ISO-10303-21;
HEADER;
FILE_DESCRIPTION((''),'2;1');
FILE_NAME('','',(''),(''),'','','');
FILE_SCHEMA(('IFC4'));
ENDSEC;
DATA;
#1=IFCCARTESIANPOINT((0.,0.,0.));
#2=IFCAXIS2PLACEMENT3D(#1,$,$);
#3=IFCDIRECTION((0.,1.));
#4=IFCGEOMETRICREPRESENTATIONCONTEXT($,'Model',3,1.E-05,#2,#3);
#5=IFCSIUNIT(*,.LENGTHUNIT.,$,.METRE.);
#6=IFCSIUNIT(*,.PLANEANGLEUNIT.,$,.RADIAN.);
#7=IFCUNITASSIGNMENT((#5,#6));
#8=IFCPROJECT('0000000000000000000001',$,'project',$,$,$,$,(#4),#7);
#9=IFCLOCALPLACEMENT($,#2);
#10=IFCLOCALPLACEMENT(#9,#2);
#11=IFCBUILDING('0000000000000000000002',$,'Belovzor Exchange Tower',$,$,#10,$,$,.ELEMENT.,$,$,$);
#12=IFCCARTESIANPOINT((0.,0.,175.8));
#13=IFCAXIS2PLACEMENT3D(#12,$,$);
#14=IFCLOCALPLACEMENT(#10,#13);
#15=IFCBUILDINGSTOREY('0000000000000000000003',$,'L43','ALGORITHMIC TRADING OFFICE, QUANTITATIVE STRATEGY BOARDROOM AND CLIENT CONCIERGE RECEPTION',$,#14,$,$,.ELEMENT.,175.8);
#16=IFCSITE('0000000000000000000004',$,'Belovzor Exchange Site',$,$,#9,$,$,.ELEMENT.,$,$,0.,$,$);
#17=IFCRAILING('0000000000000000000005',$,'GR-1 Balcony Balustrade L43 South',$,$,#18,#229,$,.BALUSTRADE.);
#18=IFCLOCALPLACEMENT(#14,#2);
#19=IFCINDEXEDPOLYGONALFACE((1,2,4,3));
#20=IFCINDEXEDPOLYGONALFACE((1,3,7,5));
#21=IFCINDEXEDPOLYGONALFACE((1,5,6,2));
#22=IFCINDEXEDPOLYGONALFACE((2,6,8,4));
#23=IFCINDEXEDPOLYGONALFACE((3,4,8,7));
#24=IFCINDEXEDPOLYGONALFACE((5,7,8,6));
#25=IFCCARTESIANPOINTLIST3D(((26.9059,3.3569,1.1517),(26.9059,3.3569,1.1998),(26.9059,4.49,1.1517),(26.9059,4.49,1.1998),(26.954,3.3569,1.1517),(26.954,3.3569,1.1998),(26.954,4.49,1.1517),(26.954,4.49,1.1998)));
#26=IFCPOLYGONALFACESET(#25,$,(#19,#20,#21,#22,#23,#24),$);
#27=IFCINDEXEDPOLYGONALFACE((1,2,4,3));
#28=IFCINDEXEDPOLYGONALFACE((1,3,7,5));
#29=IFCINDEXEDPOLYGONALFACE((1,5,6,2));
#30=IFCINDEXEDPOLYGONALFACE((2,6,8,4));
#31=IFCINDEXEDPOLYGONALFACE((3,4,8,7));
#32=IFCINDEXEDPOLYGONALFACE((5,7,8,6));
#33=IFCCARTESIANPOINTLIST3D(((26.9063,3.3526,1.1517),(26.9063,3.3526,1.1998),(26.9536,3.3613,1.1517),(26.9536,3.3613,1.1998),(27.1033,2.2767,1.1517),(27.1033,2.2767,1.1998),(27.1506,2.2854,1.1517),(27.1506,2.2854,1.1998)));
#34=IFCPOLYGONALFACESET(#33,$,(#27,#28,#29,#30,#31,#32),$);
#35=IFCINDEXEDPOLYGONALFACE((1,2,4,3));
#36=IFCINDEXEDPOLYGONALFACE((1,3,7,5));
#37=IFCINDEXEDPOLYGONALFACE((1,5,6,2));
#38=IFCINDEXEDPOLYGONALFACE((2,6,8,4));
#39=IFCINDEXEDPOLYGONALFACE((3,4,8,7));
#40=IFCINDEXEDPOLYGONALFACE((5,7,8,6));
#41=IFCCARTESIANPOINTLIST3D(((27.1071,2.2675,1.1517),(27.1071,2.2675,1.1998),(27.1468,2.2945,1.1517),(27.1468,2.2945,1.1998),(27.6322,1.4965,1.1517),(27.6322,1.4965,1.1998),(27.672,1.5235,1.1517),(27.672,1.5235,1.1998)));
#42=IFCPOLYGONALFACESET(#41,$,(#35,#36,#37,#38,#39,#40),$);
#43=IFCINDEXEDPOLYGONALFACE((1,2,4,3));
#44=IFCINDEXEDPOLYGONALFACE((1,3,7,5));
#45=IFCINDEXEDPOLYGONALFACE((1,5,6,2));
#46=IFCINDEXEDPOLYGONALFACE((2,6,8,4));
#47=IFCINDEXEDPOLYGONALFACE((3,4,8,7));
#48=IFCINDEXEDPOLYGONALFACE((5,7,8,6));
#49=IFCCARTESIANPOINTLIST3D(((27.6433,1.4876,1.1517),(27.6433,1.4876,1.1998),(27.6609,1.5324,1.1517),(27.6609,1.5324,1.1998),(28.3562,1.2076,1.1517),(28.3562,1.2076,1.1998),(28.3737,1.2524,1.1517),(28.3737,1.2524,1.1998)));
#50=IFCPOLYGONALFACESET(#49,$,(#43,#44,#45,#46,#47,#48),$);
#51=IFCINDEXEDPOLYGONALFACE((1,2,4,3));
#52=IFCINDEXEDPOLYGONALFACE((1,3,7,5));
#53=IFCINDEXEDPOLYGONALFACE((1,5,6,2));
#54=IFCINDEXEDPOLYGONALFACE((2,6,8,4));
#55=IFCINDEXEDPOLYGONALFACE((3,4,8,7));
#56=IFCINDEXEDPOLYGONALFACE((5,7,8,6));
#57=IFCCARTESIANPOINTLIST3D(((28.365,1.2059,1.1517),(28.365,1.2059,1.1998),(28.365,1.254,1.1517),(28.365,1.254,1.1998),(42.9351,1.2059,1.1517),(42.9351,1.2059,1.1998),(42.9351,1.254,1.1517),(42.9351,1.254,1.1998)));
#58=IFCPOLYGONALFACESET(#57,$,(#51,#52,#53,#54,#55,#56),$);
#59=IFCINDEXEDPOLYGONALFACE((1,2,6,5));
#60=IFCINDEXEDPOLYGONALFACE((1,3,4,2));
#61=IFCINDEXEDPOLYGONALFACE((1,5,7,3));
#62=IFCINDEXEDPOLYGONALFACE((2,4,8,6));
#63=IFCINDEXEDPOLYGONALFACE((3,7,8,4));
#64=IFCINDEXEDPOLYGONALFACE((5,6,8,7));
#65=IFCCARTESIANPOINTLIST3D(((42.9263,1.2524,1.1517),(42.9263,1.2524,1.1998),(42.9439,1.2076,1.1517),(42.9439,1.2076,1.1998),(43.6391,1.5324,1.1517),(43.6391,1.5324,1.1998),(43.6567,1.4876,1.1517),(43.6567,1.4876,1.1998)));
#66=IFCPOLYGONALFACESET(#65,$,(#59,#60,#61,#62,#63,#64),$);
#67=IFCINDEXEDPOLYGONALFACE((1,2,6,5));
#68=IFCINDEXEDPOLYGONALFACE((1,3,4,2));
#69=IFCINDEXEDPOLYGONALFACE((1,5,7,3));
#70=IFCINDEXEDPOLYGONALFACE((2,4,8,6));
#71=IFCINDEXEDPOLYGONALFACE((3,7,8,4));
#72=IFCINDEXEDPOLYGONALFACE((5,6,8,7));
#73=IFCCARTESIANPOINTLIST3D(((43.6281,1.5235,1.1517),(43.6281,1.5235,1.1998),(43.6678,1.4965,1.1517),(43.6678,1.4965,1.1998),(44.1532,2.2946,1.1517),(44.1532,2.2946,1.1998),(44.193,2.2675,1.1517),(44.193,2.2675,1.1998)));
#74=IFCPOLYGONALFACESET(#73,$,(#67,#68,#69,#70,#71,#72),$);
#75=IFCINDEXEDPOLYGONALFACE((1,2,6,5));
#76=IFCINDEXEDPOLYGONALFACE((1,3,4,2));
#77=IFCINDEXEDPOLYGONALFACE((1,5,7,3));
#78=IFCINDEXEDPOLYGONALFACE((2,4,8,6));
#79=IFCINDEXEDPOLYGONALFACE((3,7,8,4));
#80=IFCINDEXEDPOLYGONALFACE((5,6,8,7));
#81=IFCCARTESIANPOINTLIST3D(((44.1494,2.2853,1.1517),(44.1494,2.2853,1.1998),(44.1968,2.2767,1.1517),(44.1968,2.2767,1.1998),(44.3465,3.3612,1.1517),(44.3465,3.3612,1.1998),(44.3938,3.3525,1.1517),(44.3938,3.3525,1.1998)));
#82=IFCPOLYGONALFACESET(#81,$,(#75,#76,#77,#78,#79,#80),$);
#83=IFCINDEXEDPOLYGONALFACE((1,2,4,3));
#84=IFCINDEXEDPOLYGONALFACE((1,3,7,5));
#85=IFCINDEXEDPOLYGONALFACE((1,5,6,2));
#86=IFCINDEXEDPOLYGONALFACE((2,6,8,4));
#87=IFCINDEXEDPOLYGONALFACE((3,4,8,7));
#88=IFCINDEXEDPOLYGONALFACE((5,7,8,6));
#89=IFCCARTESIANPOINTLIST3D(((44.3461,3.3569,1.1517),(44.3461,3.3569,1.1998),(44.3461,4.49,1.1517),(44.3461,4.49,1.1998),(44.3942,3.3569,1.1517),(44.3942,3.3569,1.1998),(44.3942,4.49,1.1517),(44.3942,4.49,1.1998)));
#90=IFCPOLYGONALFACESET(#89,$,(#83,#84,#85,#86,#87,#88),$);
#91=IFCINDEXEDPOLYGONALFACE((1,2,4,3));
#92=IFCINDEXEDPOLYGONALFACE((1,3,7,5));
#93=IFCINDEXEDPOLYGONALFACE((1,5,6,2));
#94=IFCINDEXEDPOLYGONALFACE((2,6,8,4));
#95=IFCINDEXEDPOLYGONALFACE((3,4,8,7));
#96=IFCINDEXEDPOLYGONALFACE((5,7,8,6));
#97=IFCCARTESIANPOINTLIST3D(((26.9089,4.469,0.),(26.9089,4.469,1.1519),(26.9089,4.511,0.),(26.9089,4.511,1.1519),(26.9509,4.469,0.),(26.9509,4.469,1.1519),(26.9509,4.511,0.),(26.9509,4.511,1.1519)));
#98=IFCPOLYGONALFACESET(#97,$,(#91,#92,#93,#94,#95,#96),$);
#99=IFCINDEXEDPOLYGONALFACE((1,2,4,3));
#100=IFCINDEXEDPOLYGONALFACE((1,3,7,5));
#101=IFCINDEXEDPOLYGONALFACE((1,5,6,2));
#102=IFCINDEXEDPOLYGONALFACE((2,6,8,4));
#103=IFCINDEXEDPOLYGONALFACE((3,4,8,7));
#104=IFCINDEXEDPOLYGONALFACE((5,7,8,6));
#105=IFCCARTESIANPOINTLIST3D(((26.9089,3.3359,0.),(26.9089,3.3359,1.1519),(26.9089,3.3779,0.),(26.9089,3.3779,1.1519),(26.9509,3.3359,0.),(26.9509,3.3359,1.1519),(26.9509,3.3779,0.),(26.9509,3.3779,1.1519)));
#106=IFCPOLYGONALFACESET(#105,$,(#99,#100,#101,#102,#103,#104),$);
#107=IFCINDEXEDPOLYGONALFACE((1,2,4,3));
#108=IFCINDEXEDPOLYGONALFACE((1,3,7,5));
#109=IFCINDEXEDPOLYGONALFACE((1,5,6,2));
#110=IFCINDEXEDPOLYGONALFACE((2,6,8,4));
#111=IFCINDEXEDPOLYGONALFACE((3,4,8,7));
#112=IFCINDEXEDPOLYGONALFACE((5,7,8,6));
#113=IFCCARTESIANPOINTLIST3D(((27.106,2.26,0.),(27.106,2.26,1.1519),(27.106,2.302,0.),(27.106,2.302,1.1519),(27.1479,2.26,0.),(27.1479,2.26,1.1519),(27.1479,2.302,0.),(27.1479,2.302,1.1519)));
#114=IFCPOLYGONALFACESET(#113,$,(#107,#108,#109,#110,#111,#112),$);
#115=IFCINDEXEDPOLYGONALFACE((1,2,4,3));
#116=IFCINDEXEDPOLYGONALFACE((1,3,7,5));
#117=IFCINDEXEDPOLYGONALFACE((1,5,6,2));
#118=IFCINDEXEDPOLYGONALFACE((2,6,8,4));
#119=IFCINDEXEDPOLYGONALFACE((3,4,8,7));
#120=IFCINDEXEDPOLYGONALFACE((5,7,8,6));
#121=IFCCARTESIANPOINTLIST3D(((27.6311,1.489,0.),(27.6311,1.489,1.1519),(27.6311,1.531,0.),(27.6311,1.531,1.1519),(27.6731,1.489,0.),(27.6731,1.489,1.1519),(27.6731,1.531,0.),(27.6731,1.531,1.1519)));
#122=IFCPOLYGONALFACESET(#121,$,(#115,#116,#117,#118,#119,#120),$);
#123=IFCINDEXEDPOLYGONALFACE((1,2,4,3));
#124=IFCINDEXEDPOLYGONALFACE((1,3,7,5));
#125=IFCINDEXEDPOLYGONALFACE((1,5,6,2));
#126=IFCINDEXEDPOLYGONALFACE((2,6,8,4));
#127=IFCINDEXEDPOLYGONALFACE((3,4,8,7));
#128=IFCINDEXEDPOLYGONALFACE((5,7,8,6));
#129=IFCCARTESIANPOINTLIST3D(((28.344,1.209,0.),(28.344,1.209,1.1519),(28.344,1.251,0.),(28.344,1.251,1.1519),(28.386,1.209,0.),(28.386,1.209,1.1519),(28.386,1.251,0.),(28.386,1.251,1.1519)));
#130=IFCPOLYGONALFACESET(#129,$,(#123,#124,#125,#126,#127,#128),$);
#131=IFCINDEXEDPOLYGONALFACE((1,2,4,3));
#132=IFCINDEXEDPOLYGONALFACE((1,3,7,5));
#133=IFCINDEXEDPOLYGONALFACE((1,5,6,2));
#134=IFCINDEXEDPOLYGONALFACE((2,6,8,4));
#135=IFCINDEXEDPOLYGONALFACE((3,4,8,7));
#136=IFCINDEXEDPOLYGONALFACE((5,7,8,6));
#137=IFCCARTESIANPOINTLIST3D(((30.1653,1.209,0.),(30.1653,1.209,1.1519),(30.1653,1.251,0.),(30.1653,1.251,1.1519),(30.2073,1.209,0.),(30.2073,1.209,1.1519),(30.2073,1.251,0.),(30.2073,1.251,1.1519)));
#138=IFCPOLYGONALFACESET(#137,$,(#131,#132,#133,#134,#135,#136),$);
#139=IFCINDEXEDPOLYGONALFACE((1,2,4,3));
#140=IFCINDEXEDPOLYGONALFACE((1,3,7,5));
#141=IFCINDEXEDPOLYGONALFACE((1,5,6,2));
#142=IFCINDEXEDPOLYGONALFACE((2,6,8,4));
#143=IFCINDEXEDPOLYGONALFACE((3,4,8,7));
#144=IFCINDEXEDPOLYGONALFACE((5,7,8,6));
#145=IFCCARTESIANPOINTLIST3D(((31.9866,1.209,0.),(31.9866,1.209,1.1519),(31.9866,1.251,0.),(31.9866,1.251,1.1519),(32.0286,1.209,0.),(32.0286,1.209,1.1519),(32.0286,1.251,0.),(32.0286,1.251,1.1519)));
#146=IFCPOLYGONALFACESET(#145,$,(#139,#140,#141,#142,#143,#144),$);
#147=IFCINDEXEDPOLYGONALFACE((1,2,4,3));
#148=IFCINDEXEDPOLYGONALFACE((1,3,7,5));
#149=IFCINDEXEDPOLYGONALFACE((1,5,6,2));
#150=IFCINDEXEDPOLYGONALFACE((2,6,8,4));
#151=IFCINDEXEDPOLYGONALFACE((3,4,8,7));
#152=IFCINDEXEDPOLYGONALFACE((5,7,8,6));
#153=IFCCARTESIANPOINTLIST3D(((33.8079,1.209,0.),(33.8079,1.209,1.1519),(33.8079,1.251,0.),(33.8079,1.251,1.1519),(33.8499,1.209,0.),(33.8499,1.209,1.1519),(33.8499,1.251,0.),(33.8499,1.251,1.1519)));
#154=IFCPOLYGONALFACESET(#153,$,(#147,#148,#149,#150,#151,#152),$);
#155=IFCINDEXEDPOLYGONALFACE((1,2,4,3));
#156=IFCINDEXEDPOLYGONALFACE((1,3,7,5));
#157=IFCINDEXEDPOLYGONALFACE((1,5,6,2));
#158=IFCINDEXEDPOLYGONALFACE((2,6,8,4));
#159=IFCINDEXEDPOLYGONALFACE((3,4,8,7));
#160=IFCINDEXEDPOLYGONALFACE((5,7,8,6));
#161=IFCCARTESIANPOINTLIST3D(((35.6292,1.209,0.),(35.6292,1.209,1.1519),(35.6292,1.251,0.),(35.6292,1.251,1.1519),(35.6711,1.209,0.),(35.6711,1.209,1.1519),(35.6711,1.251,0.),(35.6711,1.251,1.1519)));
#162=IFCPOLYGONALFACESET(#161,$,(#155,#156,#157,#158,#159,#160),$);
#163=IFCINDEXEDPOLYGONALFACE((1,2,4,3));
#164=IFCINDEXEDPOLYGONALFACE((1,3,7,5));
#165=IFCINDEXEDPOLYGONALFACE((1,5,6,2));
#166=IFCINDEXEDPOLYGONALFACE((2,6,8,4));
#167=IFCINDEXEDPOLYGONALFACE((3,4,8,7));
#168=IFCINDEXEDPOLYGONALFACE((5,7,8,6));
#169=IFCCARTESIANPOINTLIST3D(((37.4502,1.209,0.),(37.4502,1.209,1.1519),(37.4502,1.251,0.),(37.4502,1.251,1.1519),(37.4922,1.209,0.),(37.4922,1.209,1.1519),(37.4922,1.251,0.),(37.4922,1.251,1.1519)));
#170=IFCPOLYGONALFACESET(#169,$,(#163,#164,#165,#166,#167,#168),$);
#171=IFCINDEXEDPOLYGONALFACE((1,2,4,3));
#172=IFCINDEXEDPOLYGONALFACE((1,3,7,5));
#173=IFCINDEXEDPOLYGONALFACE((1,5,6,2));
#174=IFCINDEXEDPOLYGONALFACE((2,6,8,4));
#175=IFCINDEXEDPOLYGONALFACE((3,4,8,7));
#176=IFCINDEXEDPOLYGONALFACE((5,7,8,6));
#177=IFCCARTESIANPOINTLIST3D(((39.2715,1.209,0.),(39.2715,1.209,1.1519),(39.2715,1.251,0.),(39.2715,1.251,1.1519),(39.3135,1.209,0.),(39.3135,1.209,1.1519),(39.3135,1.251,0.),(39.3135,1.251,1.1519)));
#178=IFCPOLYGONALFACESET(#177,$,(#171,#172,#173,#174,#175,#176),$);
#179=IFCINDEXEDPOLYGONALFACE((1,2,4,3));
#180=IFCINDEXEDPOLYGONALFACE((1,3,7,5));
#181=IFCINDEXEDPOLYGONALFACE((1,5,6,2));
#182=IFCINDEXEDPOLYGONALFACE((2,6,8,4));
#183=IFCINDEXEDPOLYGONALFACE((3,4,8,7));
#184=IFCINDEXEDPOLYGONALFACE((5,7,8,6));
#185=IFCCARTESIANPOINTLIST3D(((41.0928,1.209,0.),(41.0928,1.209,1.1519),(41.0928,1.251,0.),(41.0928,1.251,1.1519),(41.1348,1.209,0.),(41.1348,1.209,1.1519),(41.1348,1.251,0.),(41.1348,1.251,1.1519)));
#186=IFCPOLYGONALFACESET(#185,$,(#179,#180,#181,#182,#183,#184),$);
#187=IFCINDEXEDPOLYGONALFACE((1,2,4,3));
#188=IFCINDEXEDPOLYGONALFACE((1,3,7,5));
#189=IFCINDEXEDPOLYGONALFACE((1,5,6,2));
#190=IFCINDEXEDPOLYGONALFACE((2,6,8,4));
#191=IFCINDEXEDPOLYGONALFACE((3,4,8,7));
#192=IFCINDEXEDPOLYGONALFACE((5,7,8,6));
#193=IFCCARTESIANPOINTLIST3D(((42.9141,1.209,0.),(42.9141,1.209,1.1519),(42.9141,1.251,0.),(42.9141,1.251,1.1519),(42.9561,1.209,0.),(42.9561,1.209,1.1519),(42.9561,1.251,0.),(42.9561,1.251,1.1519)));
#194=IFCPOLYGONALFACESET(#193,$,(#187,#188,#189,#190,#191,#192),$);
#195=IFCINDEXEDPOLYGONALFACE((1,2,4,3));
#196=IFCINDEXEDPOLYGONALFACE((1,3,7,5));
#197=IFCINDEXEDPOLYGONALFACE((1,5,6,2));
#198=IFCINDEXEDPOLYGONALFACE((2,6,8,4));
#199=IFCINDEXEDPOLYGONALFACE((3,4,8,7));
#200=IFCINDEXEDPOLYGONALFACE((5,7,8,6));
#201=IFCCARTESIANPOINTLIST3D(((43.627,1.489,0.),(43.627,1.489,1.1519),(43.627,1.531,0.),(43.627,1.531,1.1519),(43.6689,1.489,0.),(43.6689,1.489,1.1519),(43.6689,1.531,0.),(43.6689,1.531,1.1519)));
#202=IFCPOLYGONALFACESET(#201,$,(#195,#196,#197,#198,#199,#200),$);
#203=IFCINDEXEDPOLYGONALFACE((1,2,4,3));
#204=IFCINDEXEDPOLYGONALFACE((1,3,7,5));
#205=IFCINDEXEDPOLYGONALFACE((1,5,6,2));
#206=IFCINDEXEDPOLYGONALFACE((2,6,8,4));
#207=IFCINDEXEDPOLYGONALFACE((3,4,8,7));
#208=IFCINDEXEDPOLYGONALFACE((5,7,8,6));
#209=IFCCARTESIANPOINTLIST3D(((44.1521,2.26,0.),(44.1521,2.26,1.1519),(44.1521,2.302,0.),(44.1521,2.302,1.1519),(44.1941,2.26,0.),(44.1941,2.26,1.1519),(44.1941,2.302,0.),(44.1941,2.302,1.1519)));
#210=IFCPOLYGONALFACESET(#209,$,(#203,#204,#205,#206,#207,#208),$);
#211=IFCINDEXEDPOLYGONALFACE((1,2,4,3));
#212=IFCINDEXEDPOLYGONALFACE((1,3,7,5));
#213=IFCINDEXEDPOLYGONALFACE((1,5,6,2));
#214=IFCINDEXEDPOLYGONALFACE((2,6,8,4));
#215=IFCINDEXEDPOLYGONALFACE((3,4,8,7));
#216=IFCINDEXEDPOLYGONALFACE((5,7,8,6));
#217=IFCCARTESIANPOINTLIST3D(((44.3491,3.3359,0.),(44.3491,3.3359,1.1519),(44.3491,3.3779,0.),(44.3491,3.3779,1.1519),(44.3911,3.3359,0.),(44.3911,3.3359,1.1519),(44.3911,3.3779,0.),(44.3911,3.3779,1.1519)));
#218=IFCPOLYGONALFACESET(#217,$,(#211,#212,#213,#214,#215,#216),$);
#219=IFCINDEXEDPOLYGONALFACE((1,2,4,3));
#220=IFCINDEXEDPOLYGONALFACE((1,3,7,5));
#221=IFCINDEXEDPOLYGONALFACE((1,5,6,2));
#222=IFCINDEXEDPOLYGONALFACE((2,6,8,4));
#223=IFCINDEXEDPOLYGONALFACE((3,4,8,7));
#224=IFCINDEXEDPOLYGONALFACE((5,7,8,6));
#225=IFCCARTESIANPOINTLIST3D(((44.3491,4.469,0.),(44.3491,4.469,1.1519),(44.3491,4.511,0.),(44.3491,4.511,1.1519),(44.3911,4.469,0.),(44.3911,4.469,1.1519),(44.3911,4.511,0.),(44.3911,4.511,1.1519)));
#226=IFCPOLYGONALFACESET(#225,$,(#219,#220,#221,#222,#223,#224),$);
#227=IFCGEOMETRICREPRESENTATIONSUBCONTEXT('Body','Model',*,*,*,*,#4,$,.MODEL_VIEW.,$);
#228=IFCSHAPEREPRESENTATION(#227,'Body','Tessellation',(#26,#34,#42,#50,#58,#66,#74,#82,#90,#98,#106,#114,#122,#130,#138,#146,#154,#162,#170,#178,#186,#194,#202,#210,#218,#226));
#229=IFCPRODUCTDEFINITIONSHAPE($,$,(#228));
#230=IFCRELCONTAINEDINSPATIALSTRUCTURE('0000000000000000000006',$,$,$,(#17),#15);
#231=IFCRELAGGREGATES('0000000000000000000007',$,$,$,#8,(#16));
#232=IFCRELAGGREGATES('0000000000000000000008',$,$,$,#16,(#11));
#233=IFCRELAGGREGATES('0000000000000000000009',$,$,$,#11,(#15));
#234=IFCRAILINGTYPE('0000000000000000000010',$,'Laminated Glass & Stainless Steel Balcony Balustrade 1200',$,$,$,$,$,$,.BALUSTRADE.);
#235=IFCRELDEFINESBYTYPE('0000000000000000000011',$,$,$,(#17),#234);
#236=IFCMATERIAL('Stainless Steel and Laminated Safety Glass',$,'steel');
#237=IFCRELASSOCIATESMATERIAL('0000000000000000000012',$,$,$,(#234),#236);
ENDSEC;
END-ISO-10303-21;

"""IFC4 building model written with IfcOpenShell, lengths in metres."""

from ifc_helpers import new_model, si_unit, direction, frame, origin, origin_2d, place, context, subcontext, project, spatial, rectangle, extrude, material, type_object, element, save


model = new_model("IFC4")

# Units and contexts
model_context = context("Model", 3, precision=1e-05, world=origin(), true_north=direction((0.0, 1.0)))
body_context = subcontext(model_context, "Body", "Model", "MODEL_VIEW")
ifc_project = project(units=[si_unit("LENGTHUNIT", "METRE"), si_unit("PLANEANGLEUNIT", "RADIAN")], contexts=[model_context])

# Site, building, storey
site_placement = place(None, origin())
site = spatial("IfcSite", under=ifc_project, at=site_placement, Name="Belovzor Exchange Site", CompositionType="ELEMENT", RefElevation=0.0)
building_placement = place(site_placement, origin())
building = spatial("IfcBuilding", under=site, at=building_placement, Name="Belovzor Exchange Tower", CompositionType="ELEMENT")
storey_placement = place(building_placement, frame((0.0, 0.0, 175.8)))
storey = spatial("IfcBuildingStorey", under=building, at=storey_placement, Name="L43", Description="ALGORITHMIC TRADING OFFICE, QUANTITATIVE STRATEGY BOARDROOM AND CLIENT CONCIERGE RECEPTION", CompositionType="ELEMENT", Elevation=175.8)

# Railing
ifc_material_1 = material(Name="Stainless Steel and Laminated Safety Glass", Category="steel")
railing_type = type_object("IfcRailingType", Name="Laminated Glass & Stainless Steel Balcony Balustrade 1200", PredefinedType="BALUSTRADE", material=ifc_material_1)
railing_placement = place(storey_placement, frame((26.9299, 4.49, 0.0)))
element("IfcRailing", 1, at=railing_placement, inside=storey, type_object=railing_type, Name="GR-1 Balcony Balustrade L43 South", PredefinedType="BALUSTRADE", context=body_context, shape_type="SweptSolid", body=[
    extrude(rectangle(XDim=0.0481, YDim=0.0481, at=origin_2d()), frame((0.0, 0.0, 1.1758), z_axis=(0.0, -1.0, 0.0), x_axis=(1.0, 0.0, 0.0)), (0.0, 0.0, 1.0), 1.1331),
    extrude(rectangle(XDim=0.0481, YDim=0.0481, at=origin_2d()), frame((0.0, -1.1331, 1.1758), z_axis=(0.180123, -0.983644, 0.0), x_axis=(0.983644, 0.180123, 0.0)), (0.0, 0.0, 1.0), 1.0938),
    extrude(rectangle(XDim=0.0481, YDim=0.0481, at=origin_2d()), frame((0.197, -2.209, 1.1758), z_axis=(0.562947, -0.826493, 0.0), x_axis=(0.826493, 0.562947, 0.0)), (0.0, 0.0, 1.0), 0.9329),
    extrude(rectangle(XDim=0.0481, YDim=0.0481, at=origin_2d()), frame((0.7222, -2.98, 1.1758), z_axis=(0.930767, -0.365613, 0.0), x_axis=(0.365613, 0.930767, 0.0)), (0.0, 0.0, 1.0), 0.7659),
    extrude(rectangle(XDim=0.0481, YDim=0.0481, at=origin_2d()), frame((1.4351, -3.26, 1.1758), z_axis=(1.0, 0.0, 0.0), x_axis=(0.0, 1.0, 0.0)), (0.0, 0.0, 1.0), 14.5701),
    extrude(rectangle(XDim=0.0481, YDim=0.0481, at=origin_2d()), frame((16.0051, -3.26, 1.1758), z_axis=(0.930767, 0.365613, 0.0), x_axis=(-0.365613, 0.930767, 0.0)), (0.0, 0.0, 1.0), 0.7659),
    extrude(rectangle(XDim=0.0481, YDim=0.0481, at=origin_2d()), frame((16.718, -2.98, 1.1758), z_axis=(0.562947, 0.826493, 0.0), x_axis=(-0.826493, 0.562947, 0.0)), (0.0, 0.0, 1.0), 0.9329),
    extrude(rectangle(XDim=0.0481, YDim=0.0481, at=origin_2d()), frame((17.2432, -2.209, 1.1758), z_axis=(0.180123, 0.983644, 0.0), x_axis=(-0.983644, 0.180123, 0.0)), (0.0, 0.0, 1.0), 1.0938),
    extrude(rectangle(XDim=0.0481, YDim=0.0481, at=origin_2d()), frame((17.4402, -1.1331, 1.1758), z_axis=(0.0, 1.0, 0.0), x_axis=(-1.0, 0.0, 0.0)), (0.0, 0.0, 1.0), 1.1331),
    extrude(rectangle(XDim=0.042, YDim=0.042, at=origin_2d()), origin(), (0.0, 0.0, 1.0), 1.1519),
    extrude(rectangle(XDim=0.042, YDim=0.042, at=origin_2d()), frame((0.0, -1.1331, 0.0)), (0.0, 0.0, 1.0), 1.1519),
    extrude(rectangle(XDim=0.042, YDim=0.042, at=origin_2d()), frame((0.197, -2.209, 0.0)), (0.0, 0.0, 1.0), 1.1519),
    extrude(rectangle(XDim=0.042, YDim=0.042, at=origin_2d()), frame((0.7222, -2.98, 0.0)), (0.0, 0.0, 1.0), 1.1519),
    extrude(rectangle(XDim=0.042, YDim=0.042, at=origin_2d()), frame((1.4351, -3.26, 0.0)), (0.0, 0.0, 1.0), 1.1519),
    extrude(rectangle(XDim=0.042, YDim=0.042, at=origin_2d()), frame((3.2563, -3.26, 0.0)), (0.0, 0.0, 1.0), 1.1519),
    extrude(rectangle(XDim=0.042, YDim=0.042, at=origin_2d()), frame((5.0776, -3.26, 0.0)), (0.0, 0.0, 1.0), 1.1519),
    extrude(rectangle(XDim=0.042, YDim=0.042, at=origin_2d()), frame((6.8989, -3.26, 0.0)), (0.0, 0.0, 1.0), 1.1519),
    extrude(rectangle(XDim=0.042, YDim=0.042, at=origin_2d()), frame((8.7202, -3.26, 0.0)), (0.0, 0.0, 1.0), 1.1519),
    extrude(rectangle(XDim=0.042, YDim=0.042, at=origin_2d()), frame((10.5413, -3.26, 0.0)), (0.0, 0.0, 1.0), 1.1519),
    extrude(rectangle(XDim=0.042, YDim=0.042, at=origin_2d()), frame((12.3625, -3.26, 0.0)), (0.0, 0.0, 1.0), 1.1519),
    extrude(rectangle(XDim=0.042, YDim=0.042, at=origin_2d()), frame((14.1838, -3.26, 0.0)), (0.0, 0.0, 1.0), 1.1519),
    extrude(rectangle(XDim=0.042, YDim=0.042, at=origin_2d()), frame((16.0051, -3.26, 0.0)), (0.0, 0.0, 1.0), 1.1519),
    extrude(rectangle(XDim=0.042, YDim=0.042, at=origin_2d()), frame((16.718, -2.98, 0.0)), (0.0, 0.0, 1.0), 1.1519),
    extrude(rectangle(XDim=0.042, YDim=0.042, at=origin_2d()), frame((17.2432, -2.209, 0.0)), (0.0, 0.0, 1.0), 1.1519),
    extrude(rectangle(XDim=0.042, YDim=0.042, at=origin_2d()), frame((17.4402, -1.1331, 0.0)), (0.0, 0.0, 1.0), 1.1519),
    extrude(rectangle(XDim=0.042, YDim=0.042, at=origin_2d()), frame((17.4402, 0.0, 0.0)), (0.0, 0.0, 1.0), 1.1519),
])

save(model, "model.ifc")
